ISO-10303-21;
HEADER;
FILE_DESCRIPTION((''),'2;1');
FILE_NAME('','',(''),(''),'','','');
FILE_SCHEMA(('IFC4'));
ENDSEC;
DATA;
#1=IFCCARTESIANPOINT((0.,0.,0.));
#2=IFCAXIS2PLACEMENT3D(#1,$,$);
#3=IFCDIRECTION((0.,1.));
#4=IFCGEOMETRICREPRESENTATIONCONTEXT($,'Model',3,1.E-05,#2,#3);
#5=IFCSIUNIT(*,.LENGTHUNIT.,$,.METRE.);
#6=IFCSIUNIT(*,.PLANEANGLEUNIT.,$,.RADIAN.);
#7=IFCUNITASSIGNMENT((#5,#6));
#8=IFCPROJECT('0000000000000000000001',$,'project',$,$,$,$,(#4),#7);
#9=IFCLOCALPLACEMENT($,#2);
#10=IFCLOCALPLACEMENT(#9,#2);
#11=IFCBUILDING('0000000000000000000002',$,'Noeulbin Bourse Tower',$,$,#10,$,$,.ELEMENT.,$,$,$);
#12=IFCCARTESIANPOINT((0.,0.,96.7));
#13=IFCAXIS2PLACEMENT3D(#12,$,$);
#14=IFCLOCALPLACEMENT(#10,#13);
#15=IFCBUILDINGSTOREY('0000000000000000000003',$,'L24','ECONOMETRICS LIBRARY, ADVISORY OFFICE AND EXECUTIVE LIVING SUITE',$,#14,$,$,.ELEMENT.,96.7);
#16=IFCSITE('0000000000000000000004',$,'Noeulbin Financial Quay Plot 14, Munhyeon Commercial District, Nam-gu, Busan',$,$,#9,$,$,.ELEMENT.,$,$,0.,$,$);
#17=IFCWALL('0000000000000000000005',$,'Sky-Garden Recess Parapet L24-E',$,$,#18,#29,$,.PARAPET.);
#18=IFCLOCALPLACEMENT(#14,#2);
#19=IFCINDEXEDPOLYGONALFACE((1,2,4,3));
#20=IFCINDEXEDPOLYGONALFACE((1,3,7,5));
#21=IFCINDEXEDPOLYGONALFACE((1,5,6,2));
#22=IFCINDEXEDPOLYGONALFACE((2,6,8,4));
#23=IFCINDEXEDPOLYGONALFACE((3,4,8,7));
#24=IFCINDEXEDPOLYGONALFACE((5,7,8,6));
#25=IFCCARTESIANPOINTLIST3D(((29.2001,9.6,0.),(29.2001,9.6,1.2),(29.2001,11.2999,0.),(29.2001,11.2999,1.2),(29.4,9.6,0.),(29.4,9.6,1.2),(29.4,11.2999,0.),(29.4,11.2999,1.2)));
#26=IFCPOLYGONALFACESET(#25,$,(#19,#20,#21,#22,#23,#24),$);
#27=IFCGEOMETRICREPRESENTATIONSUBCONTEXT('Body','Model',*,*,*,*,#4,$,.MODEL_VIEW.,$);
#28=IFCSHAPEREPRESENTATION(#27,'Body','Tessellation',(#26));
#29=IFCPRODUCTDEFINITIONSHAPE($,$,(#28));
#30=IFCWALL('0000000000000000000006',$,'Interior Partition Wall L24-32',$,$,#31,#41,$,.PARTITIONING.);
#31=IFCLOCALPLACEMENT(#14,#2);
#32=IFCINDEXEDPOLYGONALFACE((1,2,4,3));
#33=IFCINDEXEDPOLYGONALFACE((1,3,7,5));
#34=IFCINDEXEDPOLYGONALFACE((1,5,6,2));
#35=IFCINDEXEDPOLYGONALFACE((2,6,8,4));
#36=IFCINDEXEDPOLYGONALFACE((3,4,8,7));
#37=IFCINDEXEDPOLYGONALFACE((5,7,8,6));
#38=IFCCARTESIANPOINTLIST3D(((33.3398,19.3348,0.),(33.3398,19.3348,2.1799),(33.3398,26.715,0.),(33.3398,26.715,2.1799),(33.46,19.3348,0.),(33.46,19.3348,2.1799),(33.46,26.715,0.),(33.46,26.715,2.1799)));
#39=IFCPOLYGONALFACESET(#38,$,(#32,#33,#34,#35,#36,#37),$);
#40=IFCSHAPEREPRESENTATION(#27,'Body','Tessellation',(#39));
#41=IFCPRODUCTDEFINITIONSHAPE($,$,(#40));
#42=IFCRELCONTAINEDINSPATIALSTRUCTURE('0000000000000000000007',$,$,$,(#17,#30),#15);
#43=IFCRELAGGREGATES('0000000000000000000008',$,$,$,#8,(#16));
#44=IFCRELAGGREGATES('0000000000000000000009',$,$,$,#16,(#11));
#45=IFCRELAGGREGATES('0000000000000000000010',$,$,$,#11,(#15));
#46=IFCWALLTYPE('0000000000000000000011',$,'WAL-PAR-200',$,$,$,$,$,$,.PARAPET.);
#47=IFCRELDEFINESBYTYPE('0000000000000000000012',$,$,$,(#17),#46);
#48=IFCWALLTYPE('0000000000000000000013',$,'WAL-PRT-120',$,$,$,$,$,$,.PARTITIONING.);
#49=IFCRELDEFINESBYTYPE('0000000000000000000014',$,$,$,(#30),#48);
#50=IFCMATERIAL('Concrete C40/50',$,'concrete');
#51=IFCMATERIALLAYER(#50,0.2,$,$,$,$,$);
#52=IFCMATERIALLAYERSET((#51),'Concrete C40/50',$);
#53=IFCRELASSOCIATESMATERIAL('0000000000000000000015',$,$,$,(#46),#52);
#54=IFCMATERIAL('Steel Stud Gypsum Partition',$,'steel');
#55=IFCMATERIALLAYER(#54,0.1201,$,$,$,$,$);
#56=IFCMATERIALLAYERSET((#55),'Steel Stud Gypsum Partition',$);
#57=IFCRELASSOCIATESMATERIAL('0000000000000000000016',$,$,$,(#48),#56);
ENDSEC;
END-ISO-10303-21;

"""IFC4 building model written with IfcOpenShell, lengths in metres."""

from ifc_helpers import new_model, si_unit, direction, frame, frame_2d, origin, place, context, subcontext, project, spatial, rectangle, extrude, material, layer, layer_set, type_object, element, save


model = new_model("IFC4")

# Units and contexts
model_context = context("Model", 3, precision=1e-05, world=origin(), true_north=direction((0.0, 1.0)))
body_context = subcontext(model_context, "Body", "Model", "MODEL_VIEW")
ifc_project = project(units=[si_unit("LENGTHUNIT", "METRE"), si_unit("PLANEANGLEUNIT", "RADIAN")], contexts=[model_context])

# Site, building, storey
site_placement = place(None, origin())
site = spatial("IfcSite", under=ifc_project, at=site_placement, Name="Noeulbin Financial Quay Plot 14, Munhyeon Commercial District, Nam-gu, Busan", CompositionType="ELEMENT", RefElevation=0.0)
building_placement = place(site_placement, origin())
building = spatial("IfcBuilding", under=site, at=building_placement, Name="Noeulbin Bourse Tower", CompositionType="ELEMENT")
storey_placement = place(building_placement, frame((0.0, 0.0, 96.7)))
storey = spatial("IfcBuildingStorey", under=building, at=storey_placement, Name="L24", Description="ECONOMETRICS LIBRARY, ADVISORY OFFICE AND EXECUTIVE LIVING SUITE", CompositionType="ELEMENT", Elevation=96.7)

# Walls
ifc_material_1 = material(Name="Concrete C40/50", Category="concrete")
ifc_layer_1 = layer(ifc_material_1, 0.2)
ifc_layer_set_1 = layer_set([ifc_layer_1], Name="Concrete C40/50")
wall_type_1 = type_object("IfcWallType", Name="WAL-PAR-200", PredefinedType="PARAPET", material=ifc_layer_set_1)
wall_1_placement = place(storey_placement, frame((29.3, 11.3, 0.0), z_axis=(0.0, 0.0, 1.0), x_axis=(0.0, -1.0, 0.0)))
element("IfcWall", 1, at=wall_1_placement, inside=storey, type_object=wall_type_1, Name="Sky-Garden Recess Parapet L24-E", PredefinedType="PARAPET", context=body_context, shape_type="SweptSolid", body=[
    extrude(rectangle(XDim=1.7, YDim=0.2, at=frame_2d((0.8501, 0.0))), origin(), (0.0, 0.0, 1.0), 1.2),
])
ifc_material_2 = material(Name="Steel Stud Gypsum Partition", Category="steel")
ifc_layer_2 = layer(ifc_material_2, 0.1201)
ifc_layer_set_2 = layer_set([ifc_layer_2], Name="Steel Stud Gypsum Partition")
wall_type_2 = type_object("IfcWallType", Name="WAL-PRT-120", PredefinedType="PARTITIONING", material=ifc_layer_set_2)
wall_2_placement = place(storey_placement, frame((33.3999, 19.335, 0.0), z_axis=(0.0, 0.0, 1.0), x_axis=(0.0, 1.0, 0.0)))
element("IfcWall", 2, at=wall_2_placement, inside=storey, type_object=wall_type_2, Name="Interior Partition Wall L24-32", PredefinedType="PARTITIONING", context=body_context, shape_type="SweptSolid", body=[
    extrude(rectangle(XDim=7.3801, YDim=0.1201, at=frame_2d((3.6899, 0.0))), origin(), (0.0, 0.0, 1.0), 2.1799),
])

save(model, "model.ifc")
